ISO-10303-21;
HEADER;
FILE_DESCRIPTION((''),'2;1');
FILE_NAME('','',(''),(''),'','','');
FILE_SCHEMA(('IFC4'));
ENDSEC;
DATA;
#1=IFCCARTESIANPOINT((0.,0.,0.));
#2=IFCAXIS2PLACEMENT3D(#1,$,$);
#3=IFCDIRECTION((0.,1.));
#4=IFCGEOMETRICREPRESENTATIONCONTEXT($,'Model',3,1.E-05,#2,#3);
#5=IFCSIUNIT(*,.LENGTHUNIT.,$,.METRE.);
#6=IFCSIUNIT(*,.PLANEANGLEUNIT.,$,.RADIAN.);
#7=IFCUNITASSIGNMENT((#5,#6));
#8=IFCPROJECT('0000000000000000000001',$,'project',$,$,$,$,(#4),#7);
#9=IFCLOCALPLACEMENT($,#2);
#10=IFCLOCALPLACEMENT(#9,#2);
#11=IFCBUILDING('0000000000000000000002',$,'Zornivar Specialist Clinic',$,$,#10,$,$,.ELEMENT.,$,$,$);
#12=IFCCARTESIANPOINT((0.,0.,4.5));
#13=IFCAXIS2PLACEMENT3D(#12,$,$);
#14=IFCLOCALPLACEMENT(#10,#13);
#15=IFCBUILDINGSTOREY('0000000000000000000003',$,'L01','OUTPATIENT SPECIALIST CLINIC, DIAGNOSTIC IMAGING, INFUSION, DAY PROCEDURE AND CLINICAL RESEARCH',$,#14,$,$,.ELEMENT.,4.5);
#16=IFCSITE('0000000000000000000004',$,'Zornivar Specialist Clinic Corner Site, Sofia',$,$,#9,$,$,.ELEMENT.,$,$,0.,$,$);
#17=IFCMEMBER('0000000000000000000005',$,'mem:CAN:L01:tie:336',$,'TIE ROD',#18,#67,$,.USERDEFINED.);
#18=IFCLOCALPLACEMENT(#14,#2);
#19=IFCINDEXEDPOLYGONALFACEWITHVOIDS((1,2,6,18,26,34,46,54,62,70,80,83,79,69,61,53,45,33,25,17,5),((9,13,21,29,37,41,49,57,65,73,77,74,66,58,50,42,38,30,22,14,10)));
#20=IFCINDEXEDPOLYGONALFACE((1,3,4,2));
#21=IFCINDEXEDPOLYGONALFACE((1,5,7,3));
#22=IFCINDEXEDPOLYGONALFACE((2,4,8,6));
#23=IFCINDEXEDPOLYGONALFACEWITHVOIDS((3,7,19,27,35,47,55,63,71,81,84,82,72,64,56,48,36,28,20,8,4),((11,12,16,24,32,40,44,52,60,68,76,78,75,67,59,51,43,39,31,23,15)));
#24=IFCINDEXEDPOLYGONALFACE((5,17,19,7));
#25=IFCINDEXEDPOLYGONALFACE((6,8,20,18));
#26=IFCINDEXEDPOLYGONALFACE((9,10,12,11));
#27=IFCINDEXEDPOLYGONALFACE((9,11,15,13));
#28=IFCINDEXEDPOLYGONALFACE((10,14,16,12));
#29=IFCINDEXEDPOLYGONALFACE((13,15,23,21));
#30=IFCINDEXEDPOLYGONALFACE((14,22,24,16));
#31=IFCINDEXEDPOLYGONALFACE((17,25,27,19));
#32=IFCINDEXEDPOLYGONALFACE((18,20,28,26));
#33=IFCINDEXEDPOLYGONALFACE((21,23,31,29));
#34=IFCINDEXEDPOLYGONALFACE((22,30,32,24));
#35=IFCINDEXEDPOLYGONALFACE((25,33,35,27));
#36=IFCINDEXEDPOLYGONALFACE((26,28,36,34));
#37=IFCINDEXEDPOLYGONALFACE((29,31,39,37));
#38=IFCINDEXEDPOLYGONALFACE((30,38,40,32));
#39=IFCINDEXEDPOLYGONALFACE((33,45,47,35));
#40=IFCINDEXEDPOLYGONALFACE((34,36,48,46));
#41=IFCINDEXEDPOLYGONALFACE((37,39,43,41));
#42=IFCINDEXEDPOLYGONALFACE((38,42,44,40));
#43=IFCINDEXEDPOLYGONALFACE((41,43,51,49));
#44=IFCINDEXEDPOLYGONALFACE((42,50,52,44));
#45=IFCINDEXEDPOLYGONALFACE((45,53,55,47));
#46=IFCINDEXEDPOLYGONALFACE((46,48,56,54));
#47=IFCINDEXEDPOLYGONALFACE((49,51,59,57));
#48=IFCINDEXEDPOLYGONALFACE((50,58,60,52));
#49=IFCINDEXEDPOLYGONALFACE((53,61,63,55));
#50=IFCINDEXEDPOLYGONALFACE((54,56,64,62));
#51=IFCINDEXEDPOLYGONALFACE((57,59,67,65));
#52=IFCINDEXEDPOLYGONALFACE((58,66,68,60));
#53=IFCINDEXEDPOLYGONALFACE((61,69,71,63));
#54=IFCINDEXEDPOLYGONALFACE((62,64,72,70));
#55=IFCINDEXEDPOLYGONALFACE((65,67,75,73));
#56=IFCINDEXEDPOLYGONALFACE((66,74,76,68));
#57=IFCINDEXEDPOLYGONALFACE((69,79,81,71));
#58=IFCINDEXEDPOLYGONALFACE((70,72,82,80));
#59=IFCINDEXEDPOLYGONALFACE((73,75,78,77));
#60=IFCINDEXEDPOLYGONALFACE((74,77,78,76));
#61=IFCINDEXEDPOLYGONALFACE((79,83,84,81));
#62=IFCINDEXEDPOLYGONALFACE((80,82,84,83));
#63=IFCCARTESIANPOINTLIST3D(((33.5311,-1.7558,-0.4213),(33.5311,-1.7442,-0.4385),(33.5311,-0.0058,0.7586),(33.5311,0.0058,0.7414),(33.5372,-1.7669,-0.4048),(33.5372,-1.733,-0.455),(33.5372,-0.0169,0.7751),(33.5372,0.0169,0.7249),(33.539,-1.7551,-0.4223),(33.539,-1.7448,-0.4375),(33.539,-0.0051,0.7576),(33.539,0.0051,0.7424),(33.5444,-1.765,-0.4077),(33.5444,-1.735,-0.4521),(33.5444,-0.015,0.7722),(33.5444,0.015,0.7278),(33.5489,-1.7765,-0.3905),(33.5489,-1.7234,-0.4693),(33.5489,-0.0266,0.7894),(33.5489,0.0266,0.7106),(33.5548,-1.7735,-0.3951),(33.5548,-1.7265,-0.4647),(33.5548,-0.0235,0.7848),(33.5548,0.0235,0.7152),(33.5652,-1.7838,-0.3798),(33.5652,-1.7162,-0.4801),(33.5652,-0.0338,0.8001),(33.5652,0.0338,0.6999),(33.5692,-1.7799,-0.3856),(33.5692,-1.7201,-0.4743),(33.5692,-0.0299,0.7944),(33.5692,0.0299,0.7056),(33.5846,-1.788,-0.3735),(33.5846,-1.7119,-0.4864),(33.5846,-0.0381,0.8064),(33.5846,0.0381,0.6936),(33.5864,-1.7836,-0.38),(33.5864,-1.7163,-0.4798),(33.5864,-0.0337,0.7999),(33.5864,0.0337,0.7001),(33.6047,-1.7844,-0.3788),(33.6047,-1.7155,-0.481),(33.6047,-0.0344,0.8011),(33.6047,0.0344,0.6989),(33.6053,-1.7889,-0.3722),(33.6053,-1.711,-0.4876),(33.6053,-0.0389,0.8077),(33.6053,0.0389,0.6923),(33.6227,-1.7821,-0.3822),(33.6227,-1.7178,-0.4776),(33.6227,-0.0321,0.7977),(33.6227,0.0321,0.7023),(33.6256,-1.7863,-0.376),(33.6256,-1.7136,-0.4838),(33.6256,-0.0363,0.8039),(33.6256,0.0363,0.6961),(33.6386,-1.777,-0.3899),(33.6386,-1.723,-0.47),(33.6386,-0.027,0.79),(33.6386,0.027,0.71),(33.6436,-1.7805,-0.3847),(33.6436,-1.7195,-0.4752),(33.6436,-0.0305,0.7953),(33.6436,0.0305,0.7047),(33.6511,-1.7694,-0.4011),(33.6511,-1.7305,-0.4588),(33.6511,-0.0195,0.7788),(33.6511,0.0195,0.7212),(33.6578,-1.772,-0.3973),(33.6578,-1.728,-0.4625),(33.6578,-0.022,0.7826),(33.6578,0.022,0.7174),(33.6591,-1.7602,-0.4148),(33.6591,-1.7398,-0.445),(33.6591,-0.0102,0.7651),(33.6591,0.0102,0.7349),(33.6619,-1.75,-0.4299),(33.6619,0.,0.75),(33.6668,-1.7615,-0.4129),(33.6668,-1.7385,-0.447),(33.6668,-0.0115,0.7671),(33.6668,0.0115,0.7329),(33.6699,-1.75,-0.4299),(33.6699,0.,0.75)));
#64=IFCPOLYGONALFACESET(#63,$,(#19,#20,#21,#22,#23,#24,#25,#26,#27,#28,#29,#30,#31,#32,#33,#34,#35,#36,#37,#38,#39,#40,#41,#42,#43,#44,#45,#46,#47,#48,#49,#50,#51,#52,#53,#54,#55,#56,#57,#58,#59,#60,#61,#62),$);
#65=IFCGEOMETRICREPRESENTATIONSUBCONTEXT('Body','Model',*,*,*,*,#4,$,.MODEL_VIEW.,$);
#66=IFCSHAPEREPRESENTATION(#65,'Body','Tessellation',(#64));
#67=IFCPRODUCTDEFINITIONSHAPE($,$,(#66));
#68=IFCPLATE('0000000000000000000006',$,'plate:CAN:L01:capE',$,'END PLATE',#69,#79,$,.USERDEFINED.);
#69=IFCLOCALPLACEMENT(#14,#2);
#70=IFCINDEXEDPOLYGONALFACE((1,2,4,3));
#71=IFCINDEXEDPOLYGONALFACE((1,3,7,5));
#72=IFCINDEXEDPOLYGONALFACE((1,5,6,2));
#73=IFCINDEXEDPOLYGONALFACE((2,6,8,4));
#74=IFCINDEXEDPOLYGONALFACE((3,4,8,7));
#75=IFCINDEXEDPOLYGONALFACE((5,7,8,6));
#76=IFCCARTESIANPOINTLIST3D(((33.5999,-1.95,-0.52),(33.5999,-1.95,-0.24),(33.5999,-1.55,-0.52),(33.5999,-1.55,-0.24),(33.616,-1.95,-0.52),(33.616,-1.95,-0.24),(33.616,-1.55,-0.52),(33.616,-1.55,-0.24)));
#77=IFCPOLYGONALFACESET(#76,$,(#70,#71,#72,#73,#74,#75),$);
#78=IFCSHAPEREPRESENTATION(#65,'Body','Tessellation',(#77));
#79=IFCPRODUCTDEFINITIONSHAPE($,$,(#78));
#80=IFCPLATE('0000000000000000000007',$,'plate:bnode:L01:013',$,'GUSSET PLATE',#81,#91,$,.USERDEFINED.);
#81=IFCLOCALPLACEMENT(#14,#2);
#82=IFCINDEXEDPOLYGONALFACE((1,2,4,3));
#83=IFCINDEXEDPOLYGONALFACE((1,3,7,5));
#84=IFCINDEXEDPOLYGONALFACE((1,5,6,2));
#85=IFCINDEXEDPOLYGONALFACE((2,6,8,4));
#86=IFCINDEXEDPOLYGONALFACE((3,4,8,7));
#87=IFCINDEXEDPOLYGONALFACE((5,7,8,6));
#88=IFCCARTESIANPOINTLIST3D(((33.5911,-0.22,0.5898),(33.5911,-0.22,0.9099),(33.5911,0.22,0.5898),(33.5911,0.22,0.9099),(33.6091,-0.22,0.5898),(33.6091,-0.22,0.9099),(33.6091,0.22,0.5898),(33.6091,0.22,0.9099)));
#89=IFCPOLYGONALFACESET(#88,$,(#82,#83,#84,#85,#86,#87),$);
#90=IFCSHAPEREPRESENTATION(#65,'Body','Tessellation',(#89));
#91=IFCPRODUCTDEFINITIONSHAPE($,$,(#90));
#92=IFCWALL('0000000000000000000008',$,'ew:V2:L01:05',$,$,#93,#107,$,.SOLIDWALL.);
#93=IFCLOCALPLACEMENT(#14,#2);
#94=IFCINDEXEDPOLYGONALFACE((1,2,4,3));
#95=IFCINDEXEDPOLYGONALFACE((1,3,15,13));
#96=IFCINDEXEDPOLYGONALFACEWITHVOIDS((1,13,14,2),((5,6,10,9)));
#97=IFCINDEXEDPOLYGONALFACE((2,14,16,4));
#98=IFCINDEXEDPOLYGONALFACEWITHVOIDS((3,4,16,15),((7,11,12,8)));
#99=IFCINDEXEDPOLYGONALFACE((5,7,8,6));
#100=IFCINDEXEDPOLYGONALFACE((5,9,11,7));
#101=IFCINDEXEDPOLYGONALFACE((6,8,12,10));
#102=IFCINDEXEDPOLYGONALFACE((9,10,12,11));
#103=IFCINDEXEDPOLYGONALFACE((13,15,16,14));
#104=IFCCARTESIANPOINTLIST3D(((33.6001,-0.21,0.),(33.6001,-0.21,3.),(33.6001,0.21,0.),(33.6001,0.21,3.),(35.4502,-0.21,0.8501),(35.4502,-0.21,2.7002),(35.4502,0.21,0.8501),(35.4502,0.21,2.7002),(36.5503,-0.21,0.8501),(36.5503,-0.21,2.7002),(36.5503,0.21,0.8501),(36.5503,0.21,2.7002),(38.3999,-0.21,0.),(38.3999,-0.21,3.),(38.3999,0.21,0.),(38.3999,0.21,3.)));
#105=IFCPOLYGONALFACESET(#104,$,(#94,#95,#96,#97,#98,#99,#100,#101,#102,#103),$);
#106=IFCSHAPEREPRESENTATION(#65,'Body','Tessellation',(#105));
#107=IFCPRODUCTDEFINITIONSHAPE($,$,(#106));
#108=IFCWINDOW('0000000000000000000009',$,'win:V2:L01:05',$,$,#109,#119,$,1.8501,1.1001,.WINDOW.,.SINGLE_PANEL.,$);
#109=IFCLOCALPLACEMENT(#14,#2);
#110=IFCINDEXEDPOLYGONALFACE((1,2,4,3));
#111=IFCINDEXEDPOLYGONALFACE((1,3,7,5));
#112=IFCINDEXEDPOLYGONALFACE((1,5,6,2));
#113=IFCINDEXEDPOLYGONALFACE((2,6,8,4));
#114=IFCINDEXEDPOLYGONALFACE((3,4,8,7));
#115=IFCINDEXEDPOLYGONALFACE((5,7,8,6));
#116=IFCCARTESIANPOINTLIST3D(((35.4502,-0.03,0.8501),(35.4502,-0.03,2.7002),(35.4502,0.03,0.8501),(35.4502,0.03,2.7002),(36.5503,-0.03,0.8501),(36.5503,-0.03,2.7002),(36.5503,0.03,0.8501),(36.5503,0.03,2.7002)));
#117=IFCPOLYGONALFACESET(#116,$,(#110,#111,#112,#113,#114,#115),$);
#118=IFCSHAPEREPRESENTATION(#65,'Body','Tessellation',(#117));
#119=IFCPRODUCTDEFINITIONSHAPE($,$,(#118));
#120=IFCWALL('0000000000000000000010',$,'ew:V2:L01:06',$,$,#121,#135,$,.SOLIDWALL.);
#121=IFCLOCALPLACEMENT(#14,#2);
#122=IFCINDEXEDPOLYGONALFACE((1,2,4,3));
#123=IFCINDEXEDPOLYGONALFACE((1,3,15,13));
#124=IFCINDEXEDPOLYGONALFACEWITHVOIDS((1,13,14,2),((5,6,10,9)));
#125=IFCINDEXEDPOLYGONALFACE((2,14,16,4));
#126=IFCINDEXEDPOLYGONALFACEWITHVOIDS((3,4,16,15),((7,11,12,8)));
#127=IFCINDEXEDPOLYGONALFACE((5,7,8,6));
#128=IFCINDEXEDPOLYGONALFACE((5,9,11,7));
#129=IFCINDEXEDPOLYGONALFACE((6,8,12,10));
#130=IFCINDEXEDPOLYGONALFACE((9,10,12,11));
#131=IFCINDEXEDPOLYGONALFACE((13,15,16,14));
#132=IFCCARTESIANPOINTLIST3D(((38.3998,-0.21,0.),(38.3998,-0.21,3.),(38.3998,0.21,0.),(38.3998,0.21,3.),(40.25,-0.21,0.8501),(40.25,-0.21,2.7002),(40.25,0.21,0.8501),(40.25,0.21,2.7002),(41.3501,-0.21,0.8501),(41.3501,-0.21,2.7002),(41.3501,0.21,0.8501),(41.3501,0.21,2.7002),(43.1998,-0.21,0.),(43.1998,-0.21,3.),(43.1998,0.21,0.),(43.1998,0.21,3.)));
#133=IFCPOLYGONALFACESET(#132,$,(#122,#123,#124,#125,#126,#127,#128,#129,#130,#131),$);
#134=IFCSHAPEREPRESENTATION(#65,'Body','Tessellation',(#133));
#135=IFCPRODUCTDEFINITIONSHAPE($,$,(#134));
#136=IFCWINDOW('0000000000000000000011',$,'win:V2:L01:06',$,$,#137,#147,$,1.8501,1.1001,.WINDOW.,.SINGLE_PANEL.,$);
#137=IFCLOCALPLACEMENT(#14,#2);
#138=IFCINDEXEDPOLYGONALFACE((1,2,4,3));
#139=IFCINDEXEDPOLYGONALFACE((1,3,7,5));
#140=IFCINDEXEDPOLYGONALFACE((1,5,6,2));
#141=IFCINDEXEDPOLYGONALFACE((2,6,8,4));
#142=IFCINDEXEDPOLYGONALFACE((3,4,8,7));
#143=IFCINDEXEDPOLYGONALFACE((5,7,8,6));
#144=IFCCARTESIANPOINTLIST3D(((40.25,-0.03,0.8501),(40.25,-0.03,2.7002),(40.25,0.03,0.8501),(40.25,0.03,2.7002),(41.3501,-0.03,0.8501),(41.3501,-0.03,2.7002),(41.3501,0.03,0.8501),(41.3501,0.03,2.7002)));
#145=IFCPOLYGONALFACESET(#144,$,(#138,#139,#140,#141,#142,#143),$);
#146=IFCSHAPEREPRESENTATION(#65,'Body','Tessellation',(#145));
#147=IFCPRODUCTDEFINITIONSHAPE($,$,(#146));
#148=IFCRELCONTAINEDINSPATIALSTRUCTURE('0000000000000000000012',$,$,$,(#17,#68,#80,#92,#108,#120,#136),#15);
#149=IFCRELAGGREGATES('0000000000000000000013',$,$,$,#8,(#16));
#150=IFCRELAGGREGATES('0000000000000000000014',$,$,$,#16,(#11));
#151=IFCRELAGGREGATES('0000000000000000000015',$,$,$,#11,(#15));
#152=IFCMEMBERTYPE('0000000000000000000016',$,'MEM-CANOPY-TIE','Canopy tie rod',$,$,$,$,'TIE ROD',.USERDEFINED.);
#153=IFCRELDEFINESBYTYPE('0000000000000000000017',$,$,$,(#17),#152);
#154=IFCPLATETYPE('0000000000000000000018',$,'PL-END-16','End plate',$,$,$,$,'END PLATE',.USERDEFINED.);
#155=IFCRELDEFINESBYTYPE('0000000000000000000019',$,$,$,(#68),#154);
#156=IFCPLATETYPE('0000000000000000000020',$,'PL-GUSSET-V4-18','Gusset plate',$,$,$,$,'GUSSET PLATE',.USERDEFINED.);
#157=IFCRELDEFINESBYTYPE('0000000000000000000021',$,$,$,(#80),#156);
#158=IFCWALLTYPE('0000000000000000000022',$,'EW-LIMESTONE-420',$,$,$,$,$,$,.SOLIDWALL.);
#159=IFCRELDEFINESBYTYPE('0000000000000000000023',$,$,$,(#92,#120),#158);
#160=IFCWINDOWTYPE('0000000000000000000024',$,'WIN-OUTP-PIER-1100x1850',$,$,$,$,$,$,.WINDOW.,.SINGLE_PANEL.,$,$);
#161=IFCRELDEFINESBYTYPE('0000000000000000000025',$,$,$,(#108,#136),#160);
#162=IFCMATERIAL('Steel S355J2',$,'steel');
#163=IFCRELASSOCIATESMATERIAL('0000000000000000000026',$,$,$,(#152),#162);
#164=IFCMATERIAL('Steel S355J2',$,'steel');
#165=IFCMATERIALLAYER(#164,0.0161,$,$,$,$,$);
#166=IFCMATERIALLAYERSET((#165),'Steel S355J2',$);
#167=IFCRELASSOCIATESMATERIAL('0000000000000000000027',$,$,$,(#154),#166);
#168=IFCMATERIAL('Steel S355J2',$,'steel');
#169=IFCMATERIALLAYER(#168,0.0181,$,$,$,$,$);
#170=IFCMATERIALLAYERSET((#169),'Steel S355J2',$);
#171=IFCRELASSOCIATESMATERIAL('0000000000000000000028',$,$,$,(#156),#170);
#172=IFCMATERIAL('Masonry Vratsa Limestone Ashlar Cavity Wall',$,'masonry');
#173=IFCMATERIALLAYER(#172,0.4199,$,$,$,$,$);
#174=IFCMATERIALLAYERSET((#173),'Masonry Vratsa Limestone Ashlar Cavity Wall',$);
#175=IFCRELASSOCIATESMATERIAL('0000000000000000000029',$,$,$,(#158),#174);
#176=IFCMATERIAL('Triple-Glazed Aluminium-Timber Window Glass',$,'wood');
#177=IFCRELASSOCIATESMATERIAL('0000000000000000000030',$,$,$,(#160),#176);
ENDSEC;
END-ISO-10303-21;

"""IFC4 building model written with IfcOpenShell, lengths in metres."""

from ifc_helpers import new_model, si_unit, direction, frame, frame_2d, origin, origin_2d, place, context, subcontext, project, spatial, rectangle, hollow_circle, extrude, material, layer, layer_set, material_profile, profile_set, type_object, element, fill, save


model = new_model("IFC4")

# Units and contexts
model_context = context("Model", 3, precision=1e-05, world=origin(), true_north=direction((0.0, 1.0)))
body_context = subcontext(model_context, "Body", "Model", "MODEL_VIEW")
ifc_project = project(units=[si_unit("LENGTHUNIT", "METRE"), si_unit("PLANEANGLEUNIT", "RADIAN")], contexts=[model_context])

# Site, building, storey
site_placement = place(None, origin())
site = spatial("IfcSite", under=ifc_project, at=site_placement, Name="Zornivar Specialist Clinic Corner Site, Sofia", CompositionType="ELEMENT", RefElevation=0.0)
building_placement = place(site_placement, origin())
building = spatial("IfcBuilding", under=site, at=building_placement, Name="Zornivar Specialist Clinic", CompositionType="ELEMENT")
storey_placement = place(building_placement, frame((0.0, 0.0, 4.5)))
storey = spatial("IfcBuildingStorey", under=building, at=storey_placement, Name="L01", Description="OUTPATIENT SPECIALIST CLINIC, DIAGNOSTIC IMAGING, INFUSION, DAY PROCEDURE AND CLINICAL RESEARCH", CompositionType="ELEMENT", Elevation=4.5)

# Member
ifc_material_1 = material(Name="Steel S355J2", Category="steel")
ifc_material_profile_1 = material_profile(ifc_material_1, hollow_circle(Radius=0.0698, WallThickness=0.0081, at=origin_2d()), Name="CHS 139.7x8")
ifc_profile_set_1 = profile_set([ifc_material_profile_1], Name="Steel S355J2")
member_type = type_object("IfcMemberType", Name="MEM-CANOPY-TIE", Description="Canopy tie rod", ElementType="TIE ROD", PredefinedType="USERDEFINED", material=ifc_profile_set_1)
member_placement = place(storey_placement, frame((33.6001, 0.0, 0.75), z_axis=(0.0, -0.829138, -0.559044), x_axis=(1.0, 0.0, 0.0)))
element("IfcMember", 1, at=member_placement, inside=storey, type_object=member_type, Name="mem:CAN:L01:tie:336", ObjectType="TIE ROD", PredefinedType="USERDEFINED", context=body_context, shape_type="SweptSolid", body=[
    extrude(hollow_circle(Radius=0.0698, WallThickness=0.0081, at=origin_2d()), origin(), (0.0, 0.0, 1.0), 2.1106),
])

# Plates
ifc_material_2 = material(Name="Steel S355J2", Category="steel")
ifc_layer_1 = layer(ifc_material_2, 0.0161)
ifc_layer_set_1 = layer_set([ifc_layer_1], Name="Steel S355J2")
plate_type_1 = type_object("IfcPlateType", Name="PL-END-16", Description="End plate", ElementType="END PLATE", PredefinedType="USERDEFINED", material=ifc_layer_set_1)
plate_1_placement = place(storey_placement, frame((33.6079, -1.75, -0.52), z_axis=(0.0, 0.0, 1.0), x_axis=(1.0, 0.0, 0.0)))
element("IfcPlate", 2, at=plate_1_placement, inside=storey, type_object=plate_type_1, Name="plate:CAN:L01:capE", ObjectType="END PLATE", PredefinedType="USERDEFINED", context=body_context, shape_type="SweptSolid", body=[
    extrude(rectangle(XDim=0.0161, YDim=0.3999, at=origin_2d()), origin(), (0.0, 0.0, 1.0), 0.28),
])
ifc_material_3 = material(Name="Steel S355J2", Category="steel")
ifc_layer_2 = layer(ifc_material_3, 0.0181)
ifc_layer_set_2 = layer_set([ifc_layer_2], Name="Steel S355J2")
plate_type_2 = type_object("IfcPlateType", Name="PL-GUSSET-V4-18", Description="Gusset plate", ElementType="GUSSET PLATE", PredefinedType="USERDEFINED", material=ifc_layer_set_2)
plate_2_placement = place(storey_placement, frame((33.6001, 0.0, 0.5898), z_axis=(0.0, 0.0, 1.0), x_axis=(0.0, 1.0, 0.0)))
element("IfcPlate", 3, at=plate_2_placement, inside=storey, type_object=plate_type_2, Name="plate:bnode:L01:013", ObjectType="GUSSET PLATE", PredefinedType="USERDEFINED", context=body_context, shape_type="SweptSolid", body=[
    extrude(rectangle(XDim=0.4399, YDim=0.0181, at=origin_2d()), origin(), (0.0, 0.0, 1.0), 0.3201),
])

# Walls, openings, windows
ifc_material_4 = material(Name="Masonry Vratsa Limestone Ashlar Cavity Wall", Category="masonry")
ifc_layer_3 = layer(ifc_material_4, 0.4199)
ifc_layer_set_3 = layer_set([ifc_layer_3], Name="Masonry Vratsa Limestone Ashlar Cavity Wall")
wall_type = type_object("IfcWallType", Name="EW-LIMESTONE-420", PredefinedType="SOLIDWALL", material=ifc_layer_set_3)
wall_1_placement = place(storey_placement, frame((33.6001, 0.0, 0.0), z_axis=(0.0, 0.0, 1.0), x_axis=(1.0, 0.0, 0.0)))
wall_1 = element("IfcWall", 4, at=wall_1_placement, inside=storey, type_object=wall_type, Name="ew:V2:L01:05", PredefinedType="SOLIDWALL", context=body_context, shape_type="SweptSolid", body=[
    extrude(rectangle(XDim=4.7998, YDim=0.4199, at=frame_2d((2.3999, 0.0))), origin(), (0.0, 0.0, 1.0), 3.0),
])
opening_1_placement = place(wall_1_placement, frame((1.8501, 0.0, 0.8501)))
opening_1 = element("IfcOpeningElement", 5, at=opening_1_placement, cuts=wall_1, PredefinedType="OPENING", context=body_context, shape_type="SweptSolid", body=[
    extrude(rectangle(XDim=1.1001, YDim=1.8501, at=frame_2d((0.55, 0.925))), frame((0.0, 0.22, 0.0), z_axis=(0.0, -1.0, 0.0), x_axis=(1.0, 0.0, 0.0)), (0.0, 0.0, 1.0), 0.4399),
])
ifc_material_5 = material(Name="Triple-Glazed Aluminium-Timber Window Glass", Category="wood")
window_type = type_object("IfcWindowType", Name="WIN-OUTP-PIER-1100x1850", PartitioningType="SINGLE_PANEL", PredefinedType="WINDOW", material=ifc_material_5)
window_1_placement = place(opening_1_placement, origin())
window_1 = element("IfcWindow", 6, at=window_1_placement, inside=storey, type_object=window_type, Name="win:V2:L01:05", OverallHeight=1.8501, OverallWidth=1.1001, PartitioningType="SINGLE_PANEL", PredefinedType="WINDOW", context=body_context, shape_type="SweptSolid", body=[
    extrude(rectangle(XDim=1.1001, YDim=1.8501, at=frame_2d((0.55, 0.925))), frame((0.0, 0.03, 0.0), z_axis=(0.0, -1.0, 0.0), x_axis=(1.0, 0.0, 0.0)), (0.0, 0.0, 1.0), 0.0601),
])
fill(opening_1, window_1)
wall_2_placement = place(storey_placement, frame((38.3999, 0.0, 0.0), z_axis=(0.0, 0.0, 1.0), x_axis=(1.0, 0.0, 0.0)))
wall_2 = element("IfcWall", 7, at=wall_2_placement, inside=storey, type_object=wall_type, Name="ew:V2:L01:06", PredefinedType="SOLIDWALL", context=body_context, shape_type="SweptSolid", body=[
    extrude(rectangle(XDim=4.8, YDim=0.4199, at=frame_2d((2.3999, 0.0))), origin(), (0.0, 0.0, 1.0), 3.0),
])
opening_2_placement = place(wall_2_placement, frame((1.8501, 0.0, 0.8501)))
opening_2 = element("IfcOpeningElement", 8, at=opening_2_placement, cuts=wall_2, PredefinedType="OPENING", context=body_context, shape_type="SweptSolid", body=[
    extrude(rectangle(XDim=1.1001, YDim=1.8501, at=frame_2d((0.55, 0.925))), frame((0.0, 0.22, 0.0), z_axis=(0.0, -1.0, 0.0), x_axis=(1.0, 0.0, 0.0)), (0.0, 0.0, 1.0), 0.4399),
])
window_2_placement = place(opening_2_placement, origin())
window_2 = element("IfcWindow", 9, at=window_2_placement, inside=storey, type_object=window_type, Name="win:V2:L01:06", OverallHeight=1.8501, OverallWidth=1.1001, PartitioningType="SINGLE_PANEL", PredefinedType="WINDOW", context=body_context, shape_type="SweptSolid", body=[
    extrude(rectangle(XDim=1.1001, YDim=1.8501, at=frame_2d((0.55, 0.925))), frame((0.0, 0.03, 0.0), z_axis=(0.0, -1.0, 0.0), x_axis=(1.0, 0.0, 0.0)), (0.0, 0.0, 1.0), 0.0601),
])
fill(opening_2, window_2)

save(model, "model.ifc")
